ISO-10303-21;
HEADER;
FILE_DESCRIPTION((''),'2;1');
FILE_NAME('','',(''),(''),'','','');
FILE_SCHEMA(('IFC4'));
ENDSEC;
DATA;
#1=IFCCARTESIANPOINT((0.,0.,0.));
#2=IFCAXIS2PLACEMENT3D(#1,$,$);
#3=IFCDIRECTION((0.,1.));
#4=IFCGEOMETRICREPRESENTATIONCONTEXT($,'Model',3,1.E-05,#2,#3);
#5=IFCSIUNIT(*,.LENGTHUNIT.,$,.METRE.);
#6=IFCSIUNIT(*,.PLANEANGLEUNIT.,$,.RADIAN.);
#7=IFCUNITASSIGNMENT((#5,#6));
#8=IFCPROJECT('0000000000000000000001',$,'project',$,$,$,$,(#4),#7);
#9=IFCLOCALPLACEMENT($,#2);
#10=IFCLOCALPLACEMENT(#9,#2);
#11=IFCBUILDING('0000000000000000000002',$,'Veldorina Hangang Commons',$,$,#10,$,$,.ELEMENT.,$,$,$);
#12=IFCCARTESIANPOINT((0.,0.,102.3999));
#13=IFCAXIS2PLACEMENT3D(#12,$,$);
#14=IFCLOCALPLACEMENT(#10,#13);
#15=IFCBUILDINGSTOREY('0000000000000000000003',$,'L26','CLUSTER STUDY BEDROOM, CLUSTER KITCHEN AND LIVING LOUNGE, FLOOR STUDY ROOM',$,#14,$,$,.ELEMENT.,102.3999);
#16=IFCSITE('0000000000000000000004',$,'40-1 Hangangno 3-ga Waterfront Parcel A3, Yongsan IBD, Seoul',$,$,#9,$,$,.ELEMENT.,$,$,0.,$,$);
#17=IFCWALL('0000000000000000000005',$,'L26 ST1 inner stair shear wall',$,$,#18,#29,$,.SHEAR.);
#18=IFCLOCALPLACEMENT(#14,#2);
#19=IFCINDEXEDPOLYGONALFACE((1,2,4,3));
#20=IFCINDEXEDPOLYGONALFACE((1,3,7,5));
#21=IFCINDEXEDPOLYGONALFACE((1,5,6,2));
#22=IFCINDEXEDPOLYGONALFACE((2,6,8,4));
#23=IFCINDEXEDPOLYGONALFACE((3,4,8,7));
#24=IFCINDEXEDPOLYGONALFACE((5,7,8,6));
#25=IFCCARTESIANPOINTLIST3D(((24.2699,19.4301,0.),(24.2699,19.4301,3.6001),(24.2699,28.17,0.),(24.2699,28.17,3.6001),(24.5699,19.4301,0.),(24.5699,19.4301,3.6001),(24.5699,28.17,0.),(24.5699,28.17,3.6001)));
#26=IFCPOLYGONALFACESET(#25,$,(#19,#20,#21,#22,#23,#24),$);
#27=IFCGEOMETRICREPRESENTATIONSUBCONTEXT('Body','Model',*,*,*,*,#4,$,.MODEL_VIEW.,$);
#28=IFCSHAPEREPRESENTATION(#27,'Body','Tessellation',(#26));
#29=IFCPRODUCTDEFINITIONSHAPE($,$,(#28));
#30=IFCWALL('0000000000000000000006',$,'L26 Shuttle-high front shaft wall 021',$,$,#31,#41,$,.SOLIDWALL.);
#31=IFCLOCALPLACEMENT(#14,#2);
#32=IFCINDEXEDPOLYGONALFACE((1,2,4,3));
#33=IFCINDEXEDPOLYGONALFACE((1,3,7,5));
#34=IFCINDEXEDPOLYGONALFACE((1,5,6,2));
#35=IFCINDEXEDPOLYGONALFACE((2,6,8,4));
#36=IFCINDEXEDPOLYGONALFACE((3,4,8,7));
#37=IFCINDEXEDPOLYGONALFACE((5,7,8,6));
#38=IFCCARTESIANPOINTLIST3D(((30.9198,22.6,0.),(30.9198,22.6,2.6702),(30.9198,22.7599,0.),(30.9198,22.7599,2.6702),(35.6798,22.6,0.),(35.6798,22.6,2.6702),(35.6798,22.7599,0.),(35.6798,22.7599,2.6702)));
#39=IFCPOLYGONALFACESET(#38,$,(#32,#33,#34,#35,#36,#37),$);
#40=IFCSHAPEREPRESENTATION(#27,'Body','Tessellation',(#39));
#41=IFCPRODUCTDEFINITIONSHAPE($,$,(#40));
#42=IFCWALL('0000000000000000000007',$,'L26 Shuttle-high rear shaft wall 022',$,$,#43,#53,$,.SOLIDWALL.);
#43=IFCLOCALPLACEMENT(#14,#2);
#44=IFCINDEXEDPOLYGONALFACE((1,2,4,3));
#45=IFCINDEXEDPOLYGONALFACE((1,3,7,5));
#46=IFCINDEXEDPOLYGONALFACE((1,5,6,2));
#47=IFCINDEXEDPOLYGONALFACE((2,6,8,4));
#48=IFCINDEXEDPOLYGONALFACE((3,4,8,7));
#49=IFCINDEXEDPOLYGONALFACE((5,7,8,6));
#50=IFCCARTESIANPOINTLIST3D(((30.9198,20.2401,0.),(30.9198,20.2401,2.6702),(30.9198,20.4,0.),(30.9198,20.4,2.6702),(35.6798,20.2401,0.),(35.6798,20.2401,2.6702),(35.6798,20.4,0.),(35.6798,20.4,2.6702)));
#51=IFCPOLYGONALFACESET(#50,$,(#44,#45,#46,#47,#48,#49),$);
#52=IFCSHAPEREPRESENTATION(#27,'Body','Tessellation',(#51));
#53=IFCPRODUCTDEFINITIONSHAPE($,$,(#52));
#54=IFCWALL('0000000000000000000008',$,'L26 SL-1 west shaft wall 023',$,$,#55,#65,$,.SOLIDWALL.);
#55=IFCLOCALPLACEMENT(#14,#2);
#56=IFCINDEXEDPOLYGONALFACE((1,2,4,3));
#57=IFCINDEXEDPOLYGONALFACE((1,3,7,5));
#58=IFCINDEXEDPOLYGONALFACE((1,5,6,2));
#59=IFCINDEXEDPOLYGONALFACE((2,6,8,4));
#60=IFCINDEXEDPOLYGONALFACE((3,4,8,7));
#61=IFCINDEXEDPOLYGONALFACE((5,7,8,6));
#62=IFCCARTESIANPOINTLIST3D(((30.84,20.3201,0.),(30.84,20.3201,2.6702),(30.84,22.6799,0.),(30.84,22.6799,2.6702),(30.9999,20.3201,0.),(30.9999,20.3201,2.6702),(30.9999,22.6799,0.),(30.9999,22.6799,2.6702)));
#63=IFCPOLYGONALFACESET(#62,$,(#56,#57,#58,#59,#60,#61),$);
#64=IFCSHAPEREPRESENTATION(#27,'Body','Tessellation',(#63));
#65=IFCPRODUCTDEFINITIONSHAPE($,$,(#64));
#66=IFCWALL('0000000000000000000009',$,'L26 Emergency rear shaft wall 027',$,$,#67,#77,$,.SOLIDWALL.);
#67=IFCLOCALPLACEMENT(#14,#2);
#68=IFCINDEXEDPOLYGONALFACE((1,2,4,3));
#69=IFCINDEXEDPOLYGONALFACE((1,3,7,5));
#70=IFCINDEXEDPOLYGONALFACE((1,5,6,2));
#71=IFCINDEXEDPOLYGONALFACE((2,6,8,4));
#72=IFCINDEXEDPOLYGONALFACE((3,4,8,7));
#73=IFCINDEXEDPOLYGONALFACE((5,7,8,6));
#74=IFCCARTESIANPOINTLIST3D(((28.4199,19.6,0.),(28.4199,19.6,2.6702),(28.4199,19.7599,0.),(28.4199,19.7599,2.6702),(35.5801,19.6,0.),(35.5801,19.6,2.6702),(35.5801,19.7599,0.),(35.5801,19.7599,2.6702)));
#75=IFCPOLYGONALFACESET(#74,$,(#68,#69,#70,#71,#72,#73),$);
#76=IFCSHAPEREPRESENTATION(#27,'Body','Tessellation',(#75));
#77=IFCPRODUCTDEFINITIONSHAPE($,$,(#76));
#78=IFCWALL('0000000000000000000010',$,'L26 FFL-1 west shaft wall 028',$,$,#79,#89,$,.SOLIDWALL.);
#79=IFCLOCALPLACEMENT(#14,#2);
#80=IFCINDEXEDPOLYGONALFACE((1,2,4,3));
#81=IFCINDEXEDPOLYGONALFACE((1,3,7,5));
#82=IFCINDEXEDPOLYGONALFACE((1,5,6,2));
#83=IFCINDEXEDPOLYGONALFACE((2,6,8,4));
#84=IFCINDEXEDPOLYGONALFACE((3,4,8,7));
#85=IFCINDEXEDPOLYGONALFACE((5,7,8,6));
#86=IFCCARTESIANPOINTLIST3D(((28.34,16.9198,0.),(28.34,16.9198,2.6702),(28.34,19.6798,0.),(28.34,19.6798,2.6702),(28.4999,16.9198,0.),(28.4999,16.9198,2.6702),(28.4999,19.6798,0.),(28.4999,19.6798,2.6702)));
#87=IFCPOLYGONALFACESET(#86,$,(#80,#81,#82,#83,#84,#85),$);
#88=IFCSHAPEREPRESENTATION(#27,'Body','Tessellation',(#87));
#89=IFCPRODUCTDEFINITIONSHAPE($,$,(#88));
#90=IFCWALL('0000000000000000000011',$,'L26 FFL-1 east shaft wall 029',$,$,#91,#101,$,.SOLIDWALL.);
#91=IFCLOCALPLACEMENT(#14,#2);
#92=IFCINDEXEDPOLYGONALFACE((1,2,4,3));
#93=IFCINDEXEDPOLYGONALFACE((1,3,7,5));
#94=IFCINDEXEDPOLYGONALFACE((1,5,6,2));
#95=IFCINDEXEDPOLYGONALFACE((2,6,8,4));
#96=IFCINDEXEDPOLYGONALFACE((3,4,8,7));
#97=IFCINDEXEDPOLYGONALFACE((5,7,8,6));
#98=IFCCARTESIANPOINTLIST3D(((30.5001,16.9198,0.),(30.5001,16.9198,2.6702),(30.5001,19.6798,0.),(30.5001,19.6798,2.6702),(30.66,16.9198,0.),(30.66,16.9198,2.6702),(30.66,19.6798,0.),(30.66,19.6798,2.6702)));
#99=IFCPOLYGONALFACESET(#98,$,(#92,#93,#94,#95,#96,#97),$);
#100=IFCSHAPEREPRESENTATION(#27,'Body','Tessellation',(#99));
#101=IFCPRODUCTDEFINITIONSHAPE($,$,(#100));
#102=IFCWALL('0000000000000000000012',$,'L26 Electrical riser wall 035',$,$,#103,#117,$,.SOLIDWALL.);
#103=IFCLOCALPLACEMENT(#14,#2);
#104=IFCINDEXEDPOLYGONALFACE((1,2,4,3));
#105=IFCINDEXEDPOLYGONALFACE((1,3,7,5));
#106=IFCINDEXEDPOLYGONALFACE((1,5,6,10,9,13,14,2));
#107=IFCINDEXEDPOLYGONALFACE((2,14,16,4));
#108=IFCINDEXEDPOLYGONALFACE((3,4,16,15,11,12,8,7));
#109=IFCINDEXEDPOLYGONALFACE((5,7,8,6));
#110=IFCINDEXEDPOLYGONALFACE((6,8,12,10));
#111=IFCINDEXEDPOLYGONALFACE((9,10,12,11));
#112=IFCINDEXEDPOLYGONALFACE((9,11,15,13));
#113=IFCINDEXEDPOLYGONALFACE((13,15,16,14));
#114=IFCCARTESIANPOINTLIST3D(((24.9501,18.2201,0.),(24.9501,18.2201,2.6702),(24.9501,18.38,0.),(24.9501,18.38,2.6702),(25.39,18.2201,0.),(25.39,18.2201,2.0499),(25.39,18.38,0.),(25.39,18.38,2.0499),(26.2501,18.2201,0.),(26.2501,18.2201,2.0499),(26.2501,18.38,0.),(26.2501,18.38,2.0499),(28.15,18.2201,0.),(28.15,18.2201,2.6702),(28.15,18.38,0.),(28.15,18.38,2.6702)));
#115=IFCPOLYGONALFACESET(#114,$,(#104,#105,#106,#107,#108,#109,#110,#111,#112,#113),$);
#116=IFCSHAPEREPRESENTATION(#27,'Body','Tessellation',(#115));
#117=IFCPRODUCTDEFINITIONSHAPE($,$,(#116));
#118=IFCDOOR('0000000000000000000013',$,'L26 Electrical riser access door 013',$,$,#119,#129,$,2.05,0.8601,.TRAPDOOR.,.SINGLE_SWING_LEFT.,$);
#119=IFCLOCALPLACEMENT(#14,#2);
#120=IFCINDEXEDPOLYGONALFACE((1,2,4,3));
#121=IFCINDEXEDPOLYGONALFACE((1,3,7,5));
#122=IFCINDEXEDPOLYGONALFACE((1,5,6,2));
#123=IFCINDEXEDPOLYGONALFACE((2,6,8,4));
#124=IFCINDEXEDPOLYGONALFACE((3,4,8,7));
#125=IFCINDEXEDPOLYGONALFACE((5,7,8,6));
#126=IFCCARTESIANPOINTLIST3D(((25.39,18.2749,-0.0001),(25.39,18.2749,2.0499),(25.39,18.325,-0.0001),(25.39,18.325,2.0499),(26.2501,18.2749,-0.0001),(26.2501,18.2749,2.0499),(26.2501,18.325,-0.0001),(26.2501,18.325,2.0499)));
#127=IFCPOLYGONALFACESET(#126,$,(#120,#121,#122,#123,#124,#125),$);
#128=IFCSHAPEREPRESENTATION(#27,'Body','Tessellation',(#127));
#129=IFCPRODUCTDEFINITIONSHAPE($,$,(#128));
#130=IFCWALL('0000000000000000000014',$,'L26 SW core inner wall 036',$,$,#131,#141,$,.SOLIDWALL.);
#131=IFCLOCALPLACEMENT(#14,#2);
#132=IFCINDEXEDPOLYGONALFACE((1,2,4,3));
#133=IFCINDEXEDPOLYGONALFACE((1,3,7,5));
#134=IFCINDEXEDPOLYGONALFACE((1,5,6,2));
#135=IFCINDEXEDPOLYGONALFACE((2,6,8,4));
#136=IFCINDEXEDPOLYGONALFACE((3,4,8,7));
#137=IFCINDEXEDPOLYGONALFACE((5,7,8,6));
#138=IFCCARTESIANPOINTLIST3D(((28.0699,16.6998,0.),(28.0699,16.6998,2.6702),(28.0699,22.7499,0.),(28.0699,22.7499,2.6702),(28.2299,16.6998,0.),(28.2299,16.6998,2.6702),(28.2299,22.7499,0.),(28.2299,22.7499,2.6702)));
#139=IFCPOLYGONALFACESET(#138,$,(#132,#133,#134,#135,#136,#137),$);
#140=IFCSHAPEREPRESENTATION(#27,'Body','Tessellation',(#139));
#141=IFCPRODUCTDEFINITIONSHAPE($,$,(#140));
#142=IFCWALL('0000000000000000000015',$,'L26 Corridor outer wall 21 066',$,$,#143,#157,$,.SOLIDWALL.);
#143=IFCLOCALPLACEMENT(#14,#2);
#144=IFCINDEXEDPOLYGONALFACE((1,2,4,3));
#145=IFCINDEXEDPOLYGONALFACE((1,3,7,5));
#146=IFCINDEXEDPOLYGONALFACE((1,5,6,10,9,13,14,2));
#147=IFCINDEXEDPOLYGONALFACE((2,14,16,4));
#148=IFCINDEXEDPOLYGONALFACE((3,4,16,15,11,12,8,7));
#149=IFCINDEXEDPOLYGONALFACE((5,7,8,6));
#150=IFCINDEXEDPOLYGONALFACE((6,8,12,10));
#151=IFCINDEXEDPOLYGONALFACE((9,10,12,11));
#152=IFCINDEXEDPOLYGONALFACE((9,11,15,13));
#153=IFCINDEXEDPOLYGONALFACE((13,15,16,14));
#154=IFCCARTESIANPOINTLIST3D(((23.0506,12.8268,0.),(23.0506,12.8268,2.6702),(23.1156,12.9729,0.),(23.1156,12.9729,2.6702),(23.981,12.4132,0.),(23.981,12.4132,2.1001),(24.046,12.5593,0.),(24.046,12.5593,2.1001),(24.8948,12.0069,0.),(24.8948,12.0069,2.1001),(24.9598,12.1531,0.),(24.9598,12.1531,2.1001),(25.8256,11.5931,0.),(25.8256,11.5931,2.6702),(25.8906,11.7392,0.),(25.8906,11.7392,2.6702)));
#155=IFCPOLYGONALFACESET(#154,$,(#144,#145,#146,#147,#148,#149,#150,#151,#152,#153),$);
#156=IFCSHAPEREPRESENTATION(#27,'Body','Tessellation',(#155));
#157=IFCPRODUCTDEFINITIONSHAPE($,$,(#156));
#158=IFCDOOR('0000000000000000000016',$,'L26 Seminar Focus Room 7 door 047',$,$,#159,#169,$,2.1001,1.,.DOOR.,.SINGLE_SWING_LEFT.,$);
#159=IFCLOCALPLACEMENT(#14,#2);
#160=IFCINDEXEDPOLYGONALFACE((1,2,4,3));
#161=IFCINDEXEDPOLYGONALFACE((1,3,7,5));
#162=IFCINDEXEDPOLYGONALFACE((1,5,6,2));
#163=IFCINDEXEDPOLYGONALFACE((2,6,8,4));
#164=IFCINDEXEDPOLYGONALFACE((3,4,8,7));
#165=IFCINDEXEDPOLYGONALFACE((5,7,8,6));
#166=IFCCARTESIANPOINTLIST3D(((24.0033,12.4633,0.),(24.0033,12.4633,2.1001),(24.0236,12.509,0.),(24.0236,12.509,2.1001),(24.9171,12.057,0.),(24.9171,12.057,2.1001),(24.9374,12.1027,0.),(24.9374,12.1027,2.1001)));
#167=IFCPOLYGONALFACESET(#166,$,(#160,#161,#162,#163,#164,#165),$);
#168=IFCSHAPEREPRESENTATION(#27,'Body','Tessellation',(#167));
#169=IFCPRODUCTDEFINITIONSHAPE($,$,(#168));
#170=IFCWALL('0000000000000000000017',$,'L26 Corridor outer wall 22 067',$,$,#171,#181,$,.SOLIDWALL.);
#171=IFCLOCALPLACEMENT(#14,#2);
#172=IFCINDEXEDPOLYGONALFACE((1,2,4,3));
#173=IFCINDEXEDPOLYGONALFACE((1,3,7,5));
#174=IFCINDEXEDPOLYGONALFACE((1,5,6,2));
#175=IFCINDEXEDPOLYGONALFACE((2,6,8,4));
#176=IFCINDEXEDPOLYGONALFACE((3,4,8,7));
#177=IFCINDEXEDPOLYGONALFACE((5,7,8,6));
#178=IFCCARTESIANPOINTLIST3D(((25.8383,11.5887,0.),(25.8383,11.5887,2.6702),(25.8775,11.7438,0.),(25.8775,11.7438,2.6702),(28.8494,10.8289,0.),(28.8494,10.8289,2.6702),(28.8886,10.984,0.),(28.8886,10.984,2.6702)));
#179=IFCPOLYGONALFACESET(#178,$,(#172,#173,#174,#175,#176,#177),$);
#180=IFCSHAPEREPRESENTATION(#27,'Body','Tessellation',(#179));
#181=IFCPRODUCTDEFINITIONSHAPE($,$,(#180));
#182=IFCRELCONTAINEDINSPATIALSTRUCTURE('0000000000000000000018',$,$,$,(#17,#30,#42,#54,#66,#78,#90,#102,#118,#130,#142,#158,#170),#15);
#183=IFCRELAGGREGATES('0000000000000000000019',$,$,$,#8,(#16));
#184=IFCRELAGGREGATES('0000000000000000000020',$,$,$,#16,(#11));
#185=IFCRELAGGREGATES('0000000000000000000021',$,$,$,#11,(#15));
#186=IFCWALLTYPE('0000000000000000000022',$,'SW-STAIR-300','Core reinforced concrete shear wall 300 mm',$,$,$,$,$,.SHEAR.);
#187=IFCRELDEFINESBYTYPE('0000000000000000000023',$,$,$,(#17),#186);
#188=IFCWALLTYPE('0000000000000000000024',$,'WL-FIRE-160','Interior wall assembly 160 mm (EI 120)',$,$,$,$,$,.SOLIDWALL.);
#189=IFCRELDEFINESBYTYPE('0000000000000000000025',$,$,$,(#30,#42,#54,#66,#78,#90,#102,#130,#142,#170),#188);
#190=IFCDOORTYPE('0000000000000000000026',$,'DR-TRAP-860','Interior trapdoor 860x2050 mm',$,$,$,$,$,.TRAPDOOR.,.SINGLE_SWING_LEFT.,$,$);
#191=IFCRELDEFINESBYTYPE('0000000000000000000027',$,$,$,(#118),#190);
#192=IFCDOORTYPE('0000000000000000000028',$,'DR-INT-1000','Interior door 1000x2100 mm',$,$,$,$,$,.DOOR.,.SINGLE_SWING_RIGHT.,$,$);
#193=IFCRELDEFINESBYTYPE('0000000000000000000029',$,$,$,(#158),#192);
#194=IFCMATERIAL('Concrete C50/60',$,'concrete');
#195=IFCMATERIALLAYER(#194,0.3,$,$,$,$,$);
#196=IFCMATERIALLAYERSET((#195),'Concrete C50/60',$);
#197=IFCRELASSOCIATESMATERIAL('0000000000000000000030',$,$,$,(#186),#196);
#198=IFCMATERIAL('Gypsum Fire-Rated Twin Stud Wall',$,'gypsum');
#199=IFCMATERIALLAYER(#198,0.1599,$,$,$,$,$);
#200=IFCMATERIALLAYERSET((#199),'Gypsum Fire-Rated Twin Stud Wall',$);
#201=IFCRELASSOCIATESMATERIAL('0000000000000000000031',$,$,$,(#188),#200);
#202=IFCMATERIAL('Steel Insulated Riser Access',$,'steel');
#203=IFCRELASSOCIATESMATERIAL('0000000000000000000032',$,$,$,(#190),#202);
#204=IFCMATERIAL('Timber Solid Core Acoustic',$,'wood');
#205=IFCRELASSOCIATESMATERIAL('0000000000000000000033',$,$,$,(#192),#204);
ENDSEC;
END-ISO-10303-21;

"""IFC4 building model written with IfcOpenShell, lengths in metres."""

from ifc_helpers import new_model, si_unit, direction, frame, frame_2d, origin, place, context, subcontext, project, spatial, rectangle, extrude, material, layer, layer_set, type_object, element, fill, save


model = new_model("IFC4")

# Units and contexts
model_context = context("Model", 3, precision=1e-05, world=origin(), true_north=direction((0.0, 1.0)))
body_context = subcontext(model_context, "Body", "Model", "MODEL_VIEW")
ifc_project = project(units=[si_unit("LENGTHUNIT", "METRE"), si_unit("PLANEANGLEUNIT", "RADIAN")], contexts=[model_context])

# Site, building, storey
site_placement = place(None, origin())
site = spatial("IfcSite", under=ifc_project, at=site_placement, Name="40-1 Hangangno 3-ga Waterfront Parcel A3, Yongsan IBD, Seoul", CompositionType="ELEMENT", RefElevation=0.0)
building_placement = place(site_placement, origin())
building = spatial("IfcBuilding", under=site, at=building_placement, Name="Veldorina Hangang Commons", CompositionType="ELEMENT")
storey_placement = place(building_placement, frame((0.0, 0.0, 102.3999)))
storey = spatial("IfcBuildingStorey", under=building, at=storey_placement, Name="L26", Description="CLUSTER STUDY BEDROOM, CLUSTER KITCHEN AND LIVING LOUNGE, FLOOR STUDY ROOM", CompositionType="ELEMENT", Elevation=102.3999)

# Walls
ifc_material_1 = material(Name="Concrete C50/60", Category="concrete")
ifc_layer_1 = layer(ifc_material_1, 0.3)
ifc_layer_set_1 = layer_set([ifc_layer_1], Name="Concrete C50/60")
wall_type_1 = type_object("IfcWallType", Name="SW-STAIR-300", Description="Core reinforced concrete shear wall 300 mm", PredefinedType="SHEAR", material=ifc_layer_set_1)
wall_1_placement = place(storey_placement, frame((24.4199, 19.4299, 0.0), z_axis=(0.0, 0.0, 1.0), x_axis=(0.0, 1.0, 0.0)))
element("IfcWall", 1, at=wall_1_placement, inside=storey, type_object=wall_type_1, Name="L26 ST1 inner stair shear wall", PredefinedType="SHEAR", context=body_context, shape_type="SweptSolid", body=[
    extrude(rectangle(XDim=8.74, YDim=0.3, at=frame_2d((4.3701, 0.0))), origin(), (0.0, 0.0, 1.0), 3.6001),
])
ifc_material_2 = material(Name="Gypsum Fire-Rated Twin Stud Wall", Category="gypsum")
ifc_layer_2 = layer(ifc_material_2, 0.1599)
ifc_layer_set_2 = layer_set([ifc_layer_2], Name="Gypsum Fire-Rated Twin Stud Wall")
wall_type_2 = type_object("IfcWallType", Name="WL-FIRE-160", Description="Interior wall assembly 160 mm (EI 120)", PredefinedType="SOLIDWALL", material=ifc_layer_set_2)
for number, where, z_axis, x_axis, name in (
    (2, (30.9199, 22.6799, 0.0), (0.0, 0.0, 1.0), (1.0, 0.0, 0.0), "L26 Shuttle-high front shaft wall 021"),
    (3, (30.9199, 20.3201, 0.0), (0.0, 0.0, 1.0), (1.0, 0.0, 0.0), "L26 Shuttle-high rear shaft wall 022"),
):
    element("IfcWall", number, at=place(storey_placement, frame(where, z_axis=z_axis, x_axis=x_axis)), inside=storey, type_object=wall_type_2, Name=name, PredefinedType="SOLIDWALL", context=body_context, shape_type="SweptSolid", body=[
        extrude(rectangle(XDim=4.76, YDim=0.1599, at=frame_2d((2.3799, 0.0))), origin(), (0.0, 0.0, 1.0), 2.6702),
    ])
wall_2_placement = place(storey_placement, frame((30.9199, 20.3201, 0.0), z_axis=(0.0, 0.0, 1.0), x_axis=(0.0, 1.0, 0.0)))
element("IfcWall", 4, at=wall_2_placement, inside=storey, type_object=wall_type_2, Name="L26 SL-1 west shaft wall 023", PredefinedType="SOLIDWALL", context=body_context, shape_type="SweptSolid", body=[
    extrude(rectangle(XDim=2.3599, YDim=0.1599, at=frame_2d((1.1799, 0.0))), origin(), (0.0, 0.0, 1.0), 2.6702),
])

# Walls
wall_3_placement = place(storey_placement, frame((28.4199, 19.6799, 0.0), z_axis=(0.0, 0.0, 1.0), x_axis=(1.0, 0.0, 0.0)))
element("IfcWall", 5, at=wall_3_placement, inside=storey, type_object=wall_type_2, Name="L26 Emergency rear shaft wall 027", PredefinedType="SOLIDWALL", context=body_context, shape_type="SweptSolid", body=[
    extrude(rectangle(XDim=7.1602, YDim=0.1599, at=frame_2d((3.5801, 0.0))), origin(), (0.0, 0.0, 1.0), 2.6702),
])
for number, where, z_axis, x_axis, name in (
    (6, (28.4199, 16.9199, 0.0), (0.0, 0.0, 1.0), (0.0, 1.0, 0.0), "L26 FFL-1 west shaft wall 028"),
    (7, (30.5801, 16.9199, 0.0), (0.0, 0.0, 1.0), (0.0, 1.0, 0.0), "L26 FFL-1 east shaft wall 029"),
):
    element("IfcWall", number, at=place(storey_placement, frame(where, z_axis=z_axis, x_axis=x_axis)), inside=storey, type_object=wall_type_2, Name=name, PredefinedType="SOLIDWALL", context=body_context, shape_type="SweptSolid", body=[
        extrude(rectangle(XDim=2.76, YDim=0.1599, at=frame_2d((1.3799, 0.0))), origin(), (0.0, 0.0, 1.0), 2.6702),
    ])

# Wall, opening, door
wall_4_placement = place(storey_placement, frame((24.95, 18.3, 0.0), z_axis=(0.0, 0.0, 1.0), x_axis=(1.0, 0.0, 0.0)))
wall_4 = element("IfcWall", 8, at=wall_4_placement, inside=storey, type_object=wall_type_2, Name="L26 Electrical riser wall 035", PredefinedType="SOLIDWALL", context=body_context, shape_type="SweptSolid", body=[
    extrude(rectangle(XDim=3.2, YDim=0.1599, at=frame_2d((1.6001, 0.0))), origin(), (0.0, 0.0, 1.0), 2.6702),
])
opening_1_placement = place(wall_4_placement, frame((0.4399, 0.0, 0.0)))
opening_1 = element("IfcOpeningElement", 9, at=opening_1_placement, cuts=wall_4, PredefinedType="OPENING", context=body_context, shape_type="SweptSolid", body=[
    extrude(rectangle(XDim=0.8601, YDim=2.05, at=frame_2d((0.4302, 1.0249))), frame((0.0, 0.0898, 0.0), z_axis=(0.0, -1.0, 0.0), x_axis=(1.0, 0.0, 0.0)), (0.0, 0.0, 1.0), 0.1799),
])
ifc_material_3 = material(Name="Steel Insulated Riser Access", Category="steel")
door_type_1 = type_object("IfcDoorType", Name="DR-TRAP-860", Description="Interior trapdoor 860x2050 mm", OperationType="SINGLE_SWING_LEFT", PredefinedType="TRAPDOOR", material=ifc_material_3)
door_1_placement = place(opening_1_placement, origin())
door_1 = element("IfcDoor", 10, at=door_1_placement, inside=storey, type_object=door_type_1, Name="L26 Electrical riser access door 013", OperationType="SINGLE_SWING_LEFT", OverallHeight=2.05, OverallWidth=0.8601, PredefinedType="TRAPDOOR", context=body_context, shape_type="SweptSolid", body=[
    extrude(rectangle(XDim=0.8601, YDim=2.05, at=frame_2d((0.4302, 1.0249))), frame((0.0, 0.0249, 0.0), z_axis=(0.0, -1.0, 0.0), x_axis=(1.0, 0.0, 0.0)), (0.0, 0.0, 1.0), 0.05),
])
fill(opening_1, door_1)

# Wall
wall_5_placement = place(storey_placement, frame((28.1499, 16.7, 0.0), z_axis=(0.0, 0.0, 1.0), x_axis=(0.0, 1.0, 0.0)))
element("IfcWall", 11, at=wall_5_placement, inside=storey, type_object=wall_type_2, Name="L26 SW core inner wall 036", PredefinedType="SOLIDWALL", context=body_context, shape_type="SweptSolid", body=[
    extrude(rectangle(XDim=6.05, YDim=0.1599, at=frame_2d((3.0249, 0.0))), origin(), (0.0, 0.0, 1.0), 2.6702),
])

# Wall, opening, door
wall_6_placement = place(storey_placement, frame((23.083, 12.8999, 0.0), z_axis=(0.0, 0.0, 1.0), x_axis=(0.913768, -0.406235, 0.0)))
wall_6 = element("IfcWall", 12, at=wall_6_placement, inside=storey, type_object=wall_type_2, Name="L26 Corridor outer wall 21 066", PredefinedType="SOLIDWALL", context=body_context, shape_type="SweptSolid", body=[
    extrude(rectangle(XDim=3.0369, YDim=0.1599, at=frame_2d((1.5186, 0.0))), origin(), (0.0, 0.0, 1.0), 2.6702),
])
opening_2_placement = place(wall_6_placement, frame((1.0183, 0.0, 0.0)))
opening_2 = element("IfcOpeningElement", 13, at=opening_2_placement, cuts=wall_6, PredefinedType="OPENING", context=body_context, shape_type="SweptSolid", body=[
    extrude(rectangle(XDim=1.0, YDim=2.1001, at=frame_2d((0.5, 1.05))), frame((0.0, 0.0898, 0.0), z_axis=(0.0, -1.0, 0.0), x_axis=(1.0, 0.0, 0.0)), (0.0, 0.0, 1.0), 0.1799),
])
ifc_material_4 = material(Name="Timber Solid Core Acoustic", Category="wood")
door_type_2 = type_object("IfcDoorType", Name="DR-INT-1000", Description="Interior door 1000x2100 mm", OperationType="SINGLE_SWING_RIGHT", PredefinedType="DOOR", material=ifc_material_4)
door_2_placement = place(opening_2_placement, origin())
door_2 = element("IfcDoor", 14, at=door_2_placement, inside=storey, type_object=door_type_2, Name="L26 Seminar Focus Room 7 door 047", OperationType="SINGLE_SWING_LEFT", OverallHeight=2.1001, OverallWidth=1.0, PredefinedType="DOOR", context=body_context, shape_type="SweptSolid", body=[
    extrude(rectangle(XDim=1.0, YDim=2.1001, at=frame_2d((0.5, 1.05))), frame((0.0, 0.0249, 0.0), z_axis=(0.0, -1.0, 0.0), x_axis=(1.0, 0.0, 0.0)), (0.0, 0.0, 1.0), 0.05),
])
fill(opening_2, door_2)

# Wall
wall_7_placement = place(storey_placement, frame((25.8579, 11.6663, 0.0), z_axis=(0.0, 0.0, 1.0), x_axis=(0.969608, -0.244662, 0.0)))
element("IfcWall", 15, at=wall_7_placement, inside=storey, type_object=wall_type_2, Name="L26 Corridor outer wall 22 067", PredefinedType="SOLIDWALL", context=body_context, shape_type="SweptSolid", body=[
    extrude(rectangle(XDim=3.1055, YDim=0.1599, at=frame_2d((1.5527, 0.0))), origin(), (0.0, 0.0, 1.0), 2.6702),
])

save(model, "model.ifc")
